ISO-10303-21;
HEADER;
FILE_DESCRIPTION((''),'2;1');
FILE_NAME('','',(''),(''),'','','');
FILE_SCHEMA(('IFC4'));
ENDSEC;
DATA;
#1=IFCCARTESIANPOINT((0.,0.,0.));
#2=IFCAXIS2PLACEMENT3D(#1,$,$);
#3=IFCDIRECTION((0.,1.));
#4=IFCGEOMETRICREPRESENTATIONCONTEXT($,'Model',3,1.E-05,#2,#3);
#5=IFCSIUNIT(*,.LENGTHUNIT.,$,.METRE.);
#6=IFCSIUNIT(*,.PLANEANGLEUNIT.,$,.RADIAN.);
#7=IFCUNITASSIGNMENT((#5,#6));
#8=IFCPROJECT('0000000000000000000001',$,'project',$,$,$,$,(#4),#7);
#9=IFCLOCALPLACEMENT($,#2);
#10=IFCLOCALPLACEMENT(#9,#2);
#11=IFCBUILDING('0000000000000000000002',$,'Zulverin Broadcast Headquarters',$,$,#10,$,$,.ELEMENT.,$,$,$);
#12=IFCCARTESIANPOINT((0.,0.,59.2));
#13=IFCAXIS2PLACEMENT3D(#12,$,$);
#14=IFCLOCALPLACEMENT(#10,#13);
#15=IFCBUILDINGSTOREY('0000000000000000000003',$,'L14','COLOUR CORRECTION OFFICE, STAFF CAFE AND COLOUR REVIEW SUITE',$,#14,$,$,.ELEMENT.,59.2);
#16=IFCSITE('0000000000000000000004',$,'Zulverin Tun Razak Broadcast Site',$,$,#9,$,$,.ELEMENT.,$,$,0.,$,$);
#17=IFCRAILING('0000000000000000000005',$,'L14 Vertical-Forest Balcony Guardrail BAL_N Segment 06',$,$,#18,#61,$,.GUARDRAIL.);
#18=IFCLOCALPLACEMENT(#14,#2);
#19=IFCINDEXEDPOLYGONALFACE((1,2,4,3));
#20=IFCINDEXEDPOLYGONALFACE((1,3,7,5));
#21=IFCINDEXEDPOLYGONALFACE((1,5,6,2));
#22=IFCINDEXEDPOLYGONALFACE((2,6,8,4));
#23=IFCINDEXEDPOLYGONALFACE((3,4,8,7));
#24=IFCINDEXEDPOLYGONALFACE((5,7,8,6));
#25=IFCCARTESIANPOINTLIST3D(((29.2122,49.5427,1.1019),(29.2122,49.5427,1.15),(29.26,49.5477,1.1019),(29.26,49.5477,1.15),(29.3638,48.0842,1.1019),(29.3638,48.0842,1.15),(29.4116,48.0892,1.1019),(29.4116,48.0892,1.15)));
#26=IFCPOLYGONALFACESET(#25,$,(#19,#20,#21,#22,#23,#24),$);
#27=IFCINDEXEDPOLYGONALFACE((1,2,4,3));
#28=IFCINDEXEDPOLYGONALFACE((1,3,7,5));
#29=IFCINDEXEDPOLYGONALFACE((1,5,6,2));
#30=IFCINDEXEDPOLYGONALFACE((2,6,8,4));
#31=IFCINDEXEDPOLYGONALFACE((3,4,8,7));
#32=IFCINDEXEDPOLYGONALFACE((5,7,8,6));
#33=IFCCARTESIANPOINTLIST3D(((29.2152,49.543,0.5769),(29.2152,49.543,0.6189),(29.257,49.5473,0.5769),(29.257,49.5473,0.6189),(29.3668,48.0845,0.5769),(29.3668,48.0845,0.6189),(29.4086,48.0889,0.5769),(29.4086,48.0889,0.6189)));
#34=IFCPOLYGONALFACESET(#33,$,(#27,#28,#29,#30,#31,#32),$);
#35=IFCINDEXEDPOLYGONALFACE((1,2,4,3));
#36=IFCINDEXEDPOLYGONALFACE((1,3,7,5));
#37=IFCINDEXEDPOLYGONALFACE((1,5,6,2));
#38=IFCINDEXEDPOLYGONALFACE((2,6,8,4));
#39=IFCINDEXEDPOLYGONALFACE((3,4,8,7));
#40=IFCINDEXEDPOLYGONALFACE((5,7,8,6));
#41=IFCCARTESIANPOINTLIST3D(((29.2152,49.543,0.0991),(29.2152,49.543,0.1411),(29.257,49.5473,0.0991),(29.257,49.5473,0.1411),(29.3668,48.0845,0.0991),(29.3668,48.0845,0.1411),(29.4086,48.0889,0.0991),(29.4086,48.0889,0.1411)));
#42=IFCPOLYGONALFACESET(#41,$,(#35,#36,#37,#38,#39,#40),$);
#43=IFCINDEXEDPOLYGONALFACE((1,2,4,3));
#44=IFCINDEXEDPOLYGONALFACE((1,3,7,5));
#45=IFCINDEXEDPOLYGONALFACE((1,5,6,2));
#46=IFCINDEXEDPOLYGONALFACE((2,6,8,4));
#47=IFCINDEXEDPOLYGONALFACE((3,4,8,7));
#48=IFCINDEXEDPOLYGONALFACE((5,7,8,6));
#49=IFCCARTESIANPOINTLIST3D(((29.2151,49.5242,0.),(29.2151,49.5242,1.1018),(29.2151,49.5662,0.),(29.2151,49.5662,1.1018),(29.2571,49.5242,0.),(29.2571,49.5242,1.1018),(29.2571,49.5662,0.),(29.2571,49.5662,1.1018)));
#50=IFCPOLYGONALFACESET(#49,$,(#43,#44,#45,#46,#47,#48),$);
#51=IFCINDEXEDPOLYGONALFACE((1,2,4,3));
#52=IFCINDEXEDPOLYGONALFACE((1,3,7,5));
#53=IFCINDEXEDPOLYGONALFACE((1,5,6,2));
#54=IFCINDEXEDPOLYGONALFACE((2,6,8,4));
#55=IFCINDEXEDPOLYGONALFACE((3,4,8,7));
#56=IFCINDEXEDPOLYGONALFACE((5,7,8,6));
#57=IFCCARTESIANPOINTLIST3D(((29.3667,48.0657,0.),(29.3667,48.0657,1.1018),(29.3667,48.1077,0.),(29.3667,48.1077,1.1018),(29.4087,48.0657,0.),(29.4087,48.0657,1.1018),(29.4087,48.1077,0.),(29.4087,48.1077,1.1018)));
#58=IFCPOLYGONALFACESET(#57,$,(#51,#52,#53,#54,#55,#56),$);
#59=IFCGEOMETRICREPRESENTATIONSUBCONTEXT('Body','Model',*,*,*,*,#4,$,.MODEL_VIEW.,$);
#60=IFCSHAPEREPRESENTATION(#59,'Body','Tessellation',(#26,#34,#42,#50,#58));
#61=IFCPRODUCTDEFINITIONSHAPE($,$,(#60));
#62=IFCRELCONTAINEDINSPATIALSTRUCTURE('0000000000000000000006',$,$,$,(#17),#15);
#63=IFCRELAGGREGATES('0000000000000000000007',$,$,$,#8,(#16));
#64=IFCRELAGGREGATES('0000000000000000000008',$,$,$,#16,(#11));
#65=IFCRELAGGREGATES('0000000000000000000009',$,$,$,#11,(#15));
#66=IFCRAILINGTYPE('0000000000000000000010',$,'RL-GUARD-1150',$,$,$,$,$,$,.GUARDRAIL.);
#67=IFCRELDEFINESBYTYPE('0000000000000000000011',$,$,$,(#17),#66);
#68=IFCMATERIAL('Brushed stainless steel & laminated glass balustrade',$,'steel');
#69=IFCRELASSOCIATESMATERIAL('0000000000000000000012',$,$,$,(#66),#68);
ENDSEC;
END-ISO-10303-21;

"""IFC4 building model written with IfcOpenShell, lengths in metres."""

from ifc_helpers import new_model, si_unit, direction, frame, origin, origin_2d, place, context, subcontext, project, spatial, rectangle, extrude, material, type_object, element, save


model = new_model("IFC4")

# Units and contexts
model_context = context("Model", 3, precision=1e-05, world=origin(), true_north=direction((0.0, 1.0)))
body_context = subcontext(model_context, "Body", "Model", "MODEL_VIEW")
ifc_project = project(units=[si_unit("LENGTHUNIT", "METRE"), si_unit("PLANEANGLEUNIT", "RADIAN")], contexts=[model_context])

# Site, building, storey
site_placement = place(None, origin())
site = spatial("IfcSite", under=ifc_project, at=site_placement, Name="Zulverin Tun Razak Broadcast Site", CompositionType="ELEMENT", RefElevation=0.0)
building_placement = place(site_placement, origin())
building = spatial("IfcBuilding", under=site, at=building_placement, Name="Zulverin Broadcast Headquarters", CompositionType="ELEMENT")
storey_placement = place(building_placement, frame((0.0, 0.0, 59.2)))
storey = spatial("IfcBuildingStorey", under=building, at=storey_placement, Name="L14", Description="COLOUR CORRECTION OFFICE, STAFF CAFE AND COLOUR REVIEW SUITE", CompositionType="ELEMENT", Elevation=59.2)

# Railing
ifc_material_1 = material(Name="Brushed stainless steel & laminated glass balustrade", Category="steel")
railing_type = type_object("IfcRailingType", Name="RL-GUARD-1150", PredefinedType="GUARDRAIL", material=ifc_material_1)
railing_1_placement = place(storey_placement, frame((29.2361, 49.5452, 0.0)))
element("IfcRailing", 1, at=railing_1_placement, inside=storey, type_object=railing_type, Name="L14 Vertical-Forest Balcony Guardrail BAL_N Segment 06", PredefinedType="GUARDRAIL", context=body_context, shape_type="SweptSolid", body=[
    extrude(rectangle(XDim=0.0481, YDim=0.0481, at=origin_2d()), frame((0.0, 0.0, 1.126), z_axis=(0.103393, -0.994641, 0.0), x_axis=(0.994641, 0.103393, 0.0)), (0.0, 0.0, 1.0), 1.4663),
    extrude(rectangle(XDim=0.042, YDim=0.042, at=origin_2d()), frame((0.0, 0.0, 0.5979), z_axis=(0.103393, -0.994641, 0.0), x_axis=(0.994641, 0.103393, 0.0)), (0.0, 0.0, 1.0), 1.4663),
    extrude(rectangle(XDim=0.042, YDim=0.042, at=origin_2d()), frame((0.0, 0.0, 0.1201), z_axis=(0.103393, -0.994641, 0.0), x_axis=(0.994641, 0.103393, 0.0)), (0.0, 0.0, 1.0), 1.4663),
    extrude(rectangle(XDim=0.042, YDim=0.042, at=origin_2d()), origin(), (0.0, 0.0, 1.0), 1.1018),
    extrude(rectangle(XDim=0.042, YDim=0.042, at=origin_2d()), frame((0.1516, -1.4585, 0.0)), (0.0, 0.0, 1.0), 1.1018),
])

save(model, "model.ifc")
